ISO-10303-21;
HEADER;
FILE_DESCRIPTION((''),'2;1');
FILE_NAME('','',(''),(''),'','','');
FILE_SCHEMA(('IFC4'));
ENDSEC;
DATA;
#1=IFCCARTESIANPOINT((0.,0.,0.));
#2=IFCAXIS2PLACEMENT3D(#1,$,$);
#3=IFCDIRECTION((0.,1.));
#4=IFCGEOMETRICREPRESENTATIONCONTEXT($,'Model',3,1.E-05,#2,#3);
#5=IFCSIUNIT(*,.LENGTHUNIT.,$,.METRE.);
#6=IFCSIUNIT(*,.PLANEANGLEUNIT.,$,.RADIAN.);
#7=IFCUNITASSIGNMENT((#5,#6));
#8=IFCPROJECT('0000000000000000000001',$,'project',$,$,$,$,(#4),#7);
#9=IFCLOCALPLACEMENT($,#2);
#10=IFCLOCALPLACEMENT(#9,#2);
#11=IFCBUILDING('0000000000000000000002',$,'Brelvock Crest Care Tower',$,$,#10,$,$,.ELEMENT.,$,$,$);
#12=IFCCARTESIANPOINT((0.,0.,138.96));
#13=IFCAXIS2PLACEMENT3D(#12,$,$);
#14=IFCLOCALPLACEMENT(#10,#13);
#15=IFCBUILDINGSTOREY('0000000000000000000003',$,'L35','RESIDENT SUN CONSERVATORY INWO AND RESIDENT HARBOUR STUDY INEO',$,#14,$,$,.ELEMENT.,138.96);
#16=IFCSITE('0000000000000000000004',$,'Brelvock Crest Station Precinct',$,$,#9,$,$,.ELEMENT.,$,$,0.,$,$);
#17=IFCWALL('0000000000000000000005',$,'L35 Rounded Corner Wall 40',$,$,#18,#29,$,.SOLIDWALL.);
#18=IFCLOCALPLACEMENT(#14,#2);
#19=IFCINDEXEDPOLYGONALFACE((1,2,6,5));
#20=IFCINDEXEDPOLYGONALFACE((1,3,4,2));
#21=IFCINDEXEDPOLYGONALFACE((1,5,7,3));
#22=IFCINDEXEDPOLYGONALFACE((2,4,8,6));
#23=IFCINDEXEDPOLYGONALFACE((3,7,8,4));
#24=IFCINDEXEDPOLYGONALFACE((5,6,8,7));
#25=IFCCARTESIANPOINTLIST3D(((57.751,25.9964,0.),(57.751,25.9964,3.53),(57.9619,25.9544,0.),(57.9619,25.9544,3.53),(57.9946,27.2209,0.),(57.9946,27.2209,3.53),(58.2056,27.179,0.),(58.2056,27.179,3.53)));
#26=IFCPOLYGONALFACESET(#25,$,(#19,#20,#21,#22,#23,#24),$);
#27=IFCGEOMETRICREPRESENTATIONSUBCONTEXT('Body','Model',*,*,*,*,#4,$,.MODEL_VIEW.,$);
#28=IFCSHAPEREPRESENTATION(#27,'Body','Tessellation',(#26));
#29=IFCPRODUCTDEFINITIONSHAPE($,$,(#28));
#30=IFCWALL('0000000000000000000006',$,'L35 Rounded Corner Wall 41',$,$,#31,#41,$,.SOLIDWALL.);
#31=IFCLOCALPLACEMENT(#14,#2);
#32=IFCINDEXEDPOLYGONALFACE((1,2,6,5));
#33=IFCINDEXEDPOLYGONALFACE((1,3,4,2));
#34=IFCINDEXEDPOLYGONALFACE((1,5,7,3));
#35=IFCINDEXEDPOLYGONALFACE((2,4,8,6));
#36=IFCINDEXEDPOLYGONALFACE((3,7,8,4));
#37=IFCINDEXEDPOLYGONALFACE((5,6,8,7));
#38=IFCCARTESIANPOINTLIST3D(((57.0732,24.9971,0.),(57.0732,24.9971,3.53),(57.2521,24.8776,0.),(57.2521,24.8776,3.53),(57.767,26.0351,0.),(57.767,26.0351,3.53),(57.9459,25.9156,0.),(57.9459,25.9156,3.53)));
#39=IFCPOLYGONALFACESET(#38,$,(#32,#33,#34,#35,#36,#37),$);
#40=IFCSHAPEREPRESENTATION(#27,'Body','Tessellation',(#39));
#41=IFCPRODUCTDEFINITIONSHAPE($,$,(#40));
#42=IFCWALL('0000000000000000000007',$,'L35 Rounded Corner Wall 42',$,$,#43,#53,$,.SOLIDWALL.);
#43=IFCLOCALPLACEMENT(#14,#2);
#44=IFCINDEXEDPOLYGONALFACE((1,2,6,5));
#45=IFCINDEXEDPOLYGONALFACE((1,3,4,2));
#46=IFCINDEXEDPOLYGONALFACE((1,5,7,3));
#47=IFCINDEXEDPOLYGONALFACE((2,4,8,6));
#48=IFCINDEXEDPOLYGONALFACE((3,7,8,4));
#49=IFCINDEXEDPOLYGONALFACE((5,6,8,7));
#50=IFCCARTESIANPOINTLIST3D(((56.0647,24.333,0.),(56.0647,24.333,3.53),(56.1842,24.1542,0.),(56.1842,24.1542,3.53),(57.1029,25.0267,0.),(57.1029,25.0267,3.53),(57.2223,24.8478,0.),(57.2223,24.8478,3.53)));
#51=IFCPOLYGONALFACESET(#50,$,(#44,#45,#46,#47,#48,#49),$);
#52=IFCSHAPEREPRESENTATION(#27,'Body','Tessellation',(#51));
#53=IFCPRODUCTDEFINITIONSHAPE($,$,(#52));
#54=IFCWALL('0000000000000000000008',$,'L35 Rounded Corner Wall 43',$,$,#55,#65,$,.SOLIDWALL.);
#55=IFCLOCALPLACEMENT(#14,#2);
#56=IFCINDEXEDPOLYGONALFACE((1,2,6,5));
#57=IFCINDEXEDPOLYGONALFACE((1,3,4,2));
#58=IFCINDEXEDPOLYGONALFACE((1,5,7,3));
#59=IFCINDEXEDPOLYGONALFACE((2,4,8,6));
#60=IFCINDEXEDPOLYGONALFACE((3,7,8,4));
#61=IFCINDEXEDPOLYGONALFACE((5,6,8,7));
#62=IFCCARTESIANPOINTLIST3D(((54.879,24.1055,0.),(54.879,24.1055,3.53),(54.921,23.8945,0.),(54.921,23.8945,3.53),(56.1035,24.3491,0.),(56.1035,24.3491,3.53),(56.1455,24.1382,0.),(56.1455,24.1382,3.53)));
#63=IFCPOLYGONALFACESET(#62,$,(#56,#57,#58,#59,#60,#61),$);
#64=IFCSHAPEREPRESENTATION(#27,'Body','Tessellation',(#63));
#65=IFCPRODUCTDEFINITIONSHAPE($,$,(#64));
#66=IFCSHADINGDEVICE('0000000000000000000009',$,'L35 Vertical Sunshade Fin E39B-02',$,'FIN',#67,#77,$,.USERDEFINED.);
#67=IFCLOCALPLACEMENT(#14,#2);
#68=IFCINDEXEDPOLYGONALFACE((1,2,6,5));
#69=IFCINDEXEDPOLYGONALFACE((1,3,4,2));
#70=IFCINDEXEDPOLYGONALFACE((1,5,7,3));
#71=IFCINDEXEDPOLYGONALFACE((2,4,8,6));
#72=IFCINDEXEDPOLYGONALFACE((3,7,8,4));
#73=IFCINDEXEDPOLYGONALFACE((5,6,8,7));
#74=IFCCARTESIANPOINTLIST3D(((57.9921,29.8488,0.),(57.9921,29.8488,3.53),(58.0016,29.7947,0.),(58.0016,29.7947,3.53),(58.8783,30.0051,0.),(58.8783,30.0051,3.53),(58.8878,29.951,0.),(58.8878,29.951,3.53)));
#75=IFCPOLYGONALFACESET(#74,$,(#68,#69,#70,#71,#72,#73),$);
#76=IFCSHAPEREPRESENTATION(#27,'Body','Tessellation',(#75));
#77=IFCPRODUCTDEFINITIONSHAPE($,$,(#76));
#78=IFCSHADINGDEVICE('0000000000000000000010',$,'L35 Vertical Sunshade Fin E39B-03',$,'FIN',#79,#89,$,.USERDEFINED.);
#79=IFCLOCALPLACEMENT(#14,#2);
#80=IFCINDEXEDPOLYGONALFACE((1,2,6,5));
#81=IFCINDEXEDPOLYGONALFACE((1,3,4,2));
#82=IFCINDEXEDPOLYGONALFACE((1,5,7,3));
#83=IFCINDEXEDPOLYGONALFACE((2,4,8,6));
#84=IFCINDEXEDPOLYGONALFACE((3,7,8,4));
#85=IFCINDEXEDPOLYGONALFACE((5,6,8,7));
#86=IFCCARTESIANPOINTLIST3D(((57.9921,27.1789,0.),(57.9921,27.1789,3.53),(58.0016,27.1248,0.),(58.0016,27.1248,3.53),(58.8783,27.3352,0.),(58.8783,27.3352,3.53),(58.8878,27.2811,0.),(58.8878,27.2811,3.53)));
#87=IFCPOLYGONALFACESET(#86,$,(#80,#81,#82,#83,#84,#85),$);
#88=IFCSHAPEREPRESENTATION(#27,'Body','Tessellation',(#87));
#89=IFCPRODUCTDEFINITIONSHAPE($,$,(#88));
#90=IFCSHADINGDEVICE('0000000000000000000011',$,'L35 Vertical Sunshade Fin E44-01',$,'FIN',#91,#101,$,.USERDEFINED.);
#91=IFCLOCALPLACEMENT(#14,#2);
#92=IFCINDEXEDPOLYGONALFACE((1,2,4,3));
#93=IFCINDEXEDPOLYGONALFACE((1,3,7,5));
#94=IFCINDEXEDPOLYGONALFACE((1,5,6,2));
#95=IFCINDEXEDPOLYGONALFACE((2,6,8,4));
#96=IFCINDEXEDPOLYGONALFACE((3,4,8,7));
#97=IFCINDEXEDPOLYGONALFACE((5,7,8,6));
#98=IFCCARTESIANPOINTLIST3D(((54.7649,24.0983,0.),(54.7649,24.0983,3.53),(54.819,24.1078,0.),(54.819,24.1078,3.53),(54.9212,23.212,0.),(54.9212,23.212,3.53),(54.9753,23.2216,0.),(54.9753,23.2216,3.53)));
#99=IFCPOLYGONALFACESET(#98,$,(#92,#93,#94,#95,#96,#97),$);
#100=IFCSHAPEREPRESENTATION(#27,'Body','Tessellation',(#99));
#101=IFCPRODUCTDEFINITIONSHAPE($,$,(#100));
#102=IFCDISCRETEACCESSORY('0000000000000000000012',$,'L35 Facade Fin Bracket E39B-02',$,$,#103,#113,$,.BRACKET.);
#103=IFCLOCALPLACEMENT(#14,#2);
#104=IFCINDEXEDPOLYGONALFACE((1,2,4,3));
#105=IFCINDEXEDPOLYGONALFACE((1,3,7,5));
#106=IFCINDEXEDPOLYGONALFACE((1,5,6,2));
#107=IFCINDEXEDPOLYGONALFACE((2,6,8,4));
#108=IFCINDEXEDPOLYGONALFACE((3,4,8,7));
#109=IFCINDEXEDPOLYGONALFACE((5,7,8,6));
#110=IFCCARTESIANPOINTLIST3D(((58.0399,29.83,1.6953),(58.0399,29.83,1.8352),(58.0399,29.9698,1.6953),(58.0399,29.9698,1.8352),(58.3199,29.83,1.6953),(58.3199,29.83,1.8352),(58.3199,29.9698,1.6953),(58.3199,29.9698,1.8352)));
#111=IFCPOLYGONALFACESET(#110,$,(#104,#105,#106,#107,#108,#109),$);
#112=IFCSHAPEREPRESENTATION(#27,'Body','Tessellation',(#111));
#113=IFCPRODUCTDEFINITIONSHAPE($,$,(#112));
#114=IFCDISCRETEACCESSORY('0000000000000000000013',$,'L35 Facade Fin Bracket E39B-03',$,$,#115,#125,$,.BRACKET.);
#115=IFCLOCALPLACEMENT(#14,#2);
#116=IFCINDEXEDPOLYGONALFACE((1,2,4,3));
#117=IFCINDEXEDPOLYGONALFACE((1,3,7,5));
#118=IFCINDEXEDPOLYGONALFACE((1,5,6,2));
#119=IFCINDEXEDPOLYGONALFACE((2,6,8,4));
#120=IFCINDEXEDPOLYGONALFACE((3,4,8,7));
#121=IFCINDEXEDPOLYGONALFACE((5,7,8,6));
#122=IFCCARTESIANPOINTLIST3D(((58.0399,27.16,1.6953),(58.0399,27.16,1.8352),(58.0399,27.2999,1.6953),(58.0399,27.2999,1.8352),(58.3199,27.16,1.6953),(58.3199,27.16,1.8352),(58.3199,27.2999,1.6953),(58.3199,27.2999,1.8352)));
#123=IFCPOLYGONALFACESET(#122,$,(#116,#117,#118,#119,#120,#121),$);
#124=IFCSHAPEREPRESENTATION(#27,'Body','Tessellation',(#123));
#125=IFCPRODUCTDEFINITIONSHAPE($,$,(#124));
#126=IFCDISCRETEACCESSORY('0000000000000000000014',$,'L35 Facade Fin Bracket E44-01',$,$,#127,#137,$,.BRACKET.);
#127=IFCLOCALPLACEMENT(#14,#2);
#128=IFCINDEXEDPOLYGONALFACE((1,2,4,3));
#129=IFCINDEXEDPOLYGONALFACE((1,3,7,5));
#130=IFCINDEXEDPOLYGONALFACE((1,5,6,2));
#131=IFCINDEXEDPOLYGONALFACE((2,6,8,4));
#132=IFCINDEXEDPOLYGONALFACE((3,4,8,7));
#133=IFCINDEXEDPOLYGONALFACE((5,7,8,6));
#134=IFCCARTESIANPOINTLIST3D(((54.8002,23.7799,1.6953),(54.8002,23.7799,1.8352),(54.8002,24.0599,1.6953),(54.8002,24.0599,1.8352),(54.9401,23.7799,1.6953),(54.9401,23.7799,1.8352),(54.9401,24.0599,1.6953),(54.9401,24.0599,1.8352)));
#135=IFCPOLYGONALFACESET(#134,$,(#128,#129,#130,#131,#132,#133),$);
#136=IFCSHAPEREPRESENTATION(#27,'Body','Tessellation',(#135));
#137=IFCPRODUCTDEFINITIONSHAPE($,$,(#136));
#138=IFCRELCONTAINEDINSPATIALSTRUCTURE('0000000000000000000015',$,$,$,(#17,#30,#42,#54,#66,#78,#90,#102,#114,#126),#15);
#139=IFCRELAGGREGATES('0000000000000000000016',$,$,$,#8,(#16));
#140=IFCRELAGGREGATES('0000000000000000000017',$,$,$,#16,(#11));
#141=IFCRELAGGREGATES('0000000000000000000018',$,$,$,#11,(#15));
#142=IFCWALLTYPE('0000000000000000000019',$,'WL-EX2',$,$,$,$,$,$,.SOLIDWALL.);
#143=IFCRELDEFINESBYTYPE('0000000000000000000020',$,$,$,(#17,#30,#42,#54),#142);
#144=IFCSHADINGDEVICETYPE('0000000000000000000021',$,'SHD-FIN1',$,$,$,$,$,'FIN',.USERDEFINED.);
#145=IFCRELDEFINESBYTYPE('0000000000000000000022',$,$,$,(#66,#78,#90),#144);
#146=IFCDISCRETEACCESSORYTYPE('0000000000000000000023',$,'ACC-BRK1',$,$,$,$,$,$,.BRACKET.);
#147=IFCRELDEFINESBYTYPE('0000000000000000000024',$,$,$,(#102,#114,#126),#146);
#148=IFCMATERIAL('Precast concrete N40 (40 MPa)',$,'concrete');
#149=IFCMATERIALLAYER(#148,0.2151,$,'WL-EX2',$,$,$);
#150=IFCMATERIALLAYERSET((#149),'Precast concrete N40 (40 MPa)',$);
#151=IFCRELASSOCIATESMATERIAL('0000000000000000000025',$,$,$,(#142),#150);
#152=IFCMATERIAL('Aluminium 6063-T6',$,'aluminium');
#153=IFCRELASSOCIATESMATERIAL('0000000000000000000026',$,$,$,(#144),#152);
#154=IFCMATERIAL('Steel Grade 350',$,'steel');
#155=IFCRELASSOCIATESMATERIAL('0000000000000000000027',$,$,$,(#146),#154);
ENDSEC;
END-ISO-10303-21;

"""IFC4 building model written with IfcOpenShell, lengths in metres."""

from ifc_helpers import new_model, si_unit, direction, frame, frame_2d, origin, origin_2d, place, context, subcontext, project, spatial, rectangle, extrude, source, transform, mapped, material, layer, layer_set, material_profile, profile_set, type_object, element, save


model = new_model("IFC4")

# Units and contexts
model_context = context("Model", 3, precision=1e-05, world=origin(), true_north=direction((0.0, 1.0)))
body_context = subcontext(model_context, "Body", "Model", "MODEL_VIEW")
ifc_project = project(units=[si_unit("LENGTHUNIT", "METRE"), si_unit("PLANEANGLEUNIT", "RADIAN")], contexts=[model_context])

# Site, building, storey
site_placement = place(None, origin())
site = spatial("IfcSite", under=ifc_project, at=site_placement, Name="Brelvock Crest Station Precinct", CompositionType="ELEMENT", RefElevation=0.0)
building_placement = place(site_placement, origin())
building = spatial("IfcBuilding", under=site, at=building_placement, Name="Brelvock Crest Care Tower", CompositionType="ELEMENT")
storey_placement = place(building_placement, frame((0.0, 0.0, 138.96)))
storey = spatial("IfcBuildingStorey", under=building, at=storey_placement, Name="L35", Description="RESIDENT SUN CONSERVATORY INWO AND RESIDENT HARBOUR STUDY INEO", CompositionType="ELEMENT", Elevation=138.96)

# Shared definitions
ifc_material_1 = material(Name="Steel Grade 350", Category="steel")

# Shared definitions
ifc_material_2 = material(Name="Aluminium 6063-T6", Category="aluminium")

# Walls
ifc_material_3 = material(Name="Precast concrete N40 (40 MPa)", Category="concrete")
ifc_layer_1 = layer(ifc_material_3, 0.2151, Name="WL-EX2")
ifc_layer_set_1 = layer_set([ifc_layer_1], Name="Precast concrete N40 (40 MPa)")
wall_type = type_object("IfcWallType", Name="WL-EX2", PredefinedType="SOLIDWALL", material=ifc_layer_set_1)
for number, where, z_axis, x_axis, name in (
    (1, (58.1001, 27.2, 0.0), (0.0, 0.0, 1.0), (-0.195138, -0.980776, 0.0), "L35 Rounded Corner Wall 40"),
    (2, (57.8564, 25.9753, 0.0), (0.0, 0.0, 1.0), (-0.555692, -0.831388, 0.0), "L35 Rounded Corner Wall 41"),
    (3, (57.1626, 24.9373, 0.0), (0.0, 0.0, 1.0), (-0.831478, -0.555557, 0.0), "L35 Rounded Corner Wall 42"),
    (4, (56.1245, 24.2437, 0.0), (0.0, 0.0, 1.0), (-0.980776, -0.195138, 0.0), "L35 Rounded Corner Wall 43"),
):
    element("IfcWall", number, at=place(storey_placement, frame(where, z_axis=z_axis, x_axis=x_axis)), inside=storey, type_object=wall_type, Name=name, PredefinedType="SOLIDWALL", context=body_context, shape_type="SweptSolid", body=[
        extrude(rectangle(XDim=1.2485, YDim=0.2151, at=frame_2d((0.6243, 0.0))), origin(), (0.0, 0.0, 1.0), 3.53),
    ])

# Shading devices
ifc_material_profile_1 = material_profile(ifc_material_2, rectangle(XDim=0.0549, YDim=0.8999, at=origin_2d()), Name="FIN55x900")
ifc_profile_set_1 = profile_set([ifc_material_profile_1], Name="Aluminium 6063-T6")
shading_device_type = type_object("IfcShadingDeviceType", Name="SHD-FIN1", ElementType="FIN", PredefinedType="USERDEFINED", material=ifc_profile_set_1)
shared_shape_1 = source(origin(), body_context, "Body", "SweptSolid", [
    extrude(rectangle(XDim=0.0549, YDim=0.8999, at=origin_2d()), origin(), (0.0, 0.0, 1.0), 3.53),
])
for number, where, z_axis, x_axis, name in (
    (5, (58.4399, 29.8999, 0.0), (0.0, 0.0, 1.0), (0.173648, -0.984808, 0.0), "L35 Vertical Sunshade Fin E39B-02"),
    (6, (58.4399, 27.23, 0.0), (0.0, 0.0, 1.0), (0.173648, -0.984808, 0.0), "L35 Vertical Sunshade Fin E39B-03"),
    (7, (54.8701, 23.6599, 0.0), (0.0, 0.0, 1.0), (-0.984808, -0.173648, 0.0), "L35 Vertical Sunshade Fin E44-01"),
):
    element("IfcShadingDevice", number, at=place(storey_placement, frame(where, z_axis=z_axis, x_axis=x_axis)), inside=storey, type_object=shading_device_type, Name=name, ObjectType="FIN", PredefinedType="USERDEFINED", context=body_context, shape_type="MappedRepresentation", body=[
        mapped(shared_shape_1, transform((0.0, 0.0, 0.0), x_axis=(1.0, 0.0, 0.0), y_axis=(0.0, 1.0, 0.0), z_axis=(0.0, 0.0, 1.0), scale=1.0)),
    ])

# Discrete accessories
discrete_accessory_type = type_object("IfcDiscreteAccessoryType", Name="ACC-BRK1", PredefinedType="BRACKET", material=ifc_material_1)
shared_shape_2 = source(origin(), body_context, "Body", "SweptSolid", [
    extrude(rectangle(XDim=0.28, YDim=0.1399, at=origin_2d()), origin(), (0.0, 0.0, 1.0), 0.1399),
])
for number, where, z_axis, x_axis, name in (
    (8, (58.1799, 29.8999, 1.6953), (0.0, 0.0, 1.0), (1.0, 0.0, 0.0), "L35 Facade Fin Bracket E39B-02"),
    (9, (58.1799, 27.23, 1.6953), (0.0, 0.0, 1.0), (1.0, 0.0, 0.0), "L35 Facade Fin Bracket E39B-03"),
    (10, (54.8701, 23.9199, 1.6953), (0.0, 0.0, 1.0), (0.0, -1.0, 0.0), "L35 Facade Fin Bracket E44-01"),
):
    element("IfcDiscreteAccessory", number, at=place(storey_placement, frame(where, z_axis=z_axis, x_axis=x_axis)), inside=storey, type_object=discrete_accessory_type, Name=name, PredefinedType="BRACKET", context=body_context, shape_type="MappedRepresentation", body=[
        mapped(shared_shape_2, transform((0.0, 0.0, 0.0), x_axis=(1.0, 0.0, 0.0), y_axis=(0.0, 1.0, 0.0), z_axis=(0.0, 0.0, 1.0), scale=1.0)),
    ])

save(model, "model.ifc")
